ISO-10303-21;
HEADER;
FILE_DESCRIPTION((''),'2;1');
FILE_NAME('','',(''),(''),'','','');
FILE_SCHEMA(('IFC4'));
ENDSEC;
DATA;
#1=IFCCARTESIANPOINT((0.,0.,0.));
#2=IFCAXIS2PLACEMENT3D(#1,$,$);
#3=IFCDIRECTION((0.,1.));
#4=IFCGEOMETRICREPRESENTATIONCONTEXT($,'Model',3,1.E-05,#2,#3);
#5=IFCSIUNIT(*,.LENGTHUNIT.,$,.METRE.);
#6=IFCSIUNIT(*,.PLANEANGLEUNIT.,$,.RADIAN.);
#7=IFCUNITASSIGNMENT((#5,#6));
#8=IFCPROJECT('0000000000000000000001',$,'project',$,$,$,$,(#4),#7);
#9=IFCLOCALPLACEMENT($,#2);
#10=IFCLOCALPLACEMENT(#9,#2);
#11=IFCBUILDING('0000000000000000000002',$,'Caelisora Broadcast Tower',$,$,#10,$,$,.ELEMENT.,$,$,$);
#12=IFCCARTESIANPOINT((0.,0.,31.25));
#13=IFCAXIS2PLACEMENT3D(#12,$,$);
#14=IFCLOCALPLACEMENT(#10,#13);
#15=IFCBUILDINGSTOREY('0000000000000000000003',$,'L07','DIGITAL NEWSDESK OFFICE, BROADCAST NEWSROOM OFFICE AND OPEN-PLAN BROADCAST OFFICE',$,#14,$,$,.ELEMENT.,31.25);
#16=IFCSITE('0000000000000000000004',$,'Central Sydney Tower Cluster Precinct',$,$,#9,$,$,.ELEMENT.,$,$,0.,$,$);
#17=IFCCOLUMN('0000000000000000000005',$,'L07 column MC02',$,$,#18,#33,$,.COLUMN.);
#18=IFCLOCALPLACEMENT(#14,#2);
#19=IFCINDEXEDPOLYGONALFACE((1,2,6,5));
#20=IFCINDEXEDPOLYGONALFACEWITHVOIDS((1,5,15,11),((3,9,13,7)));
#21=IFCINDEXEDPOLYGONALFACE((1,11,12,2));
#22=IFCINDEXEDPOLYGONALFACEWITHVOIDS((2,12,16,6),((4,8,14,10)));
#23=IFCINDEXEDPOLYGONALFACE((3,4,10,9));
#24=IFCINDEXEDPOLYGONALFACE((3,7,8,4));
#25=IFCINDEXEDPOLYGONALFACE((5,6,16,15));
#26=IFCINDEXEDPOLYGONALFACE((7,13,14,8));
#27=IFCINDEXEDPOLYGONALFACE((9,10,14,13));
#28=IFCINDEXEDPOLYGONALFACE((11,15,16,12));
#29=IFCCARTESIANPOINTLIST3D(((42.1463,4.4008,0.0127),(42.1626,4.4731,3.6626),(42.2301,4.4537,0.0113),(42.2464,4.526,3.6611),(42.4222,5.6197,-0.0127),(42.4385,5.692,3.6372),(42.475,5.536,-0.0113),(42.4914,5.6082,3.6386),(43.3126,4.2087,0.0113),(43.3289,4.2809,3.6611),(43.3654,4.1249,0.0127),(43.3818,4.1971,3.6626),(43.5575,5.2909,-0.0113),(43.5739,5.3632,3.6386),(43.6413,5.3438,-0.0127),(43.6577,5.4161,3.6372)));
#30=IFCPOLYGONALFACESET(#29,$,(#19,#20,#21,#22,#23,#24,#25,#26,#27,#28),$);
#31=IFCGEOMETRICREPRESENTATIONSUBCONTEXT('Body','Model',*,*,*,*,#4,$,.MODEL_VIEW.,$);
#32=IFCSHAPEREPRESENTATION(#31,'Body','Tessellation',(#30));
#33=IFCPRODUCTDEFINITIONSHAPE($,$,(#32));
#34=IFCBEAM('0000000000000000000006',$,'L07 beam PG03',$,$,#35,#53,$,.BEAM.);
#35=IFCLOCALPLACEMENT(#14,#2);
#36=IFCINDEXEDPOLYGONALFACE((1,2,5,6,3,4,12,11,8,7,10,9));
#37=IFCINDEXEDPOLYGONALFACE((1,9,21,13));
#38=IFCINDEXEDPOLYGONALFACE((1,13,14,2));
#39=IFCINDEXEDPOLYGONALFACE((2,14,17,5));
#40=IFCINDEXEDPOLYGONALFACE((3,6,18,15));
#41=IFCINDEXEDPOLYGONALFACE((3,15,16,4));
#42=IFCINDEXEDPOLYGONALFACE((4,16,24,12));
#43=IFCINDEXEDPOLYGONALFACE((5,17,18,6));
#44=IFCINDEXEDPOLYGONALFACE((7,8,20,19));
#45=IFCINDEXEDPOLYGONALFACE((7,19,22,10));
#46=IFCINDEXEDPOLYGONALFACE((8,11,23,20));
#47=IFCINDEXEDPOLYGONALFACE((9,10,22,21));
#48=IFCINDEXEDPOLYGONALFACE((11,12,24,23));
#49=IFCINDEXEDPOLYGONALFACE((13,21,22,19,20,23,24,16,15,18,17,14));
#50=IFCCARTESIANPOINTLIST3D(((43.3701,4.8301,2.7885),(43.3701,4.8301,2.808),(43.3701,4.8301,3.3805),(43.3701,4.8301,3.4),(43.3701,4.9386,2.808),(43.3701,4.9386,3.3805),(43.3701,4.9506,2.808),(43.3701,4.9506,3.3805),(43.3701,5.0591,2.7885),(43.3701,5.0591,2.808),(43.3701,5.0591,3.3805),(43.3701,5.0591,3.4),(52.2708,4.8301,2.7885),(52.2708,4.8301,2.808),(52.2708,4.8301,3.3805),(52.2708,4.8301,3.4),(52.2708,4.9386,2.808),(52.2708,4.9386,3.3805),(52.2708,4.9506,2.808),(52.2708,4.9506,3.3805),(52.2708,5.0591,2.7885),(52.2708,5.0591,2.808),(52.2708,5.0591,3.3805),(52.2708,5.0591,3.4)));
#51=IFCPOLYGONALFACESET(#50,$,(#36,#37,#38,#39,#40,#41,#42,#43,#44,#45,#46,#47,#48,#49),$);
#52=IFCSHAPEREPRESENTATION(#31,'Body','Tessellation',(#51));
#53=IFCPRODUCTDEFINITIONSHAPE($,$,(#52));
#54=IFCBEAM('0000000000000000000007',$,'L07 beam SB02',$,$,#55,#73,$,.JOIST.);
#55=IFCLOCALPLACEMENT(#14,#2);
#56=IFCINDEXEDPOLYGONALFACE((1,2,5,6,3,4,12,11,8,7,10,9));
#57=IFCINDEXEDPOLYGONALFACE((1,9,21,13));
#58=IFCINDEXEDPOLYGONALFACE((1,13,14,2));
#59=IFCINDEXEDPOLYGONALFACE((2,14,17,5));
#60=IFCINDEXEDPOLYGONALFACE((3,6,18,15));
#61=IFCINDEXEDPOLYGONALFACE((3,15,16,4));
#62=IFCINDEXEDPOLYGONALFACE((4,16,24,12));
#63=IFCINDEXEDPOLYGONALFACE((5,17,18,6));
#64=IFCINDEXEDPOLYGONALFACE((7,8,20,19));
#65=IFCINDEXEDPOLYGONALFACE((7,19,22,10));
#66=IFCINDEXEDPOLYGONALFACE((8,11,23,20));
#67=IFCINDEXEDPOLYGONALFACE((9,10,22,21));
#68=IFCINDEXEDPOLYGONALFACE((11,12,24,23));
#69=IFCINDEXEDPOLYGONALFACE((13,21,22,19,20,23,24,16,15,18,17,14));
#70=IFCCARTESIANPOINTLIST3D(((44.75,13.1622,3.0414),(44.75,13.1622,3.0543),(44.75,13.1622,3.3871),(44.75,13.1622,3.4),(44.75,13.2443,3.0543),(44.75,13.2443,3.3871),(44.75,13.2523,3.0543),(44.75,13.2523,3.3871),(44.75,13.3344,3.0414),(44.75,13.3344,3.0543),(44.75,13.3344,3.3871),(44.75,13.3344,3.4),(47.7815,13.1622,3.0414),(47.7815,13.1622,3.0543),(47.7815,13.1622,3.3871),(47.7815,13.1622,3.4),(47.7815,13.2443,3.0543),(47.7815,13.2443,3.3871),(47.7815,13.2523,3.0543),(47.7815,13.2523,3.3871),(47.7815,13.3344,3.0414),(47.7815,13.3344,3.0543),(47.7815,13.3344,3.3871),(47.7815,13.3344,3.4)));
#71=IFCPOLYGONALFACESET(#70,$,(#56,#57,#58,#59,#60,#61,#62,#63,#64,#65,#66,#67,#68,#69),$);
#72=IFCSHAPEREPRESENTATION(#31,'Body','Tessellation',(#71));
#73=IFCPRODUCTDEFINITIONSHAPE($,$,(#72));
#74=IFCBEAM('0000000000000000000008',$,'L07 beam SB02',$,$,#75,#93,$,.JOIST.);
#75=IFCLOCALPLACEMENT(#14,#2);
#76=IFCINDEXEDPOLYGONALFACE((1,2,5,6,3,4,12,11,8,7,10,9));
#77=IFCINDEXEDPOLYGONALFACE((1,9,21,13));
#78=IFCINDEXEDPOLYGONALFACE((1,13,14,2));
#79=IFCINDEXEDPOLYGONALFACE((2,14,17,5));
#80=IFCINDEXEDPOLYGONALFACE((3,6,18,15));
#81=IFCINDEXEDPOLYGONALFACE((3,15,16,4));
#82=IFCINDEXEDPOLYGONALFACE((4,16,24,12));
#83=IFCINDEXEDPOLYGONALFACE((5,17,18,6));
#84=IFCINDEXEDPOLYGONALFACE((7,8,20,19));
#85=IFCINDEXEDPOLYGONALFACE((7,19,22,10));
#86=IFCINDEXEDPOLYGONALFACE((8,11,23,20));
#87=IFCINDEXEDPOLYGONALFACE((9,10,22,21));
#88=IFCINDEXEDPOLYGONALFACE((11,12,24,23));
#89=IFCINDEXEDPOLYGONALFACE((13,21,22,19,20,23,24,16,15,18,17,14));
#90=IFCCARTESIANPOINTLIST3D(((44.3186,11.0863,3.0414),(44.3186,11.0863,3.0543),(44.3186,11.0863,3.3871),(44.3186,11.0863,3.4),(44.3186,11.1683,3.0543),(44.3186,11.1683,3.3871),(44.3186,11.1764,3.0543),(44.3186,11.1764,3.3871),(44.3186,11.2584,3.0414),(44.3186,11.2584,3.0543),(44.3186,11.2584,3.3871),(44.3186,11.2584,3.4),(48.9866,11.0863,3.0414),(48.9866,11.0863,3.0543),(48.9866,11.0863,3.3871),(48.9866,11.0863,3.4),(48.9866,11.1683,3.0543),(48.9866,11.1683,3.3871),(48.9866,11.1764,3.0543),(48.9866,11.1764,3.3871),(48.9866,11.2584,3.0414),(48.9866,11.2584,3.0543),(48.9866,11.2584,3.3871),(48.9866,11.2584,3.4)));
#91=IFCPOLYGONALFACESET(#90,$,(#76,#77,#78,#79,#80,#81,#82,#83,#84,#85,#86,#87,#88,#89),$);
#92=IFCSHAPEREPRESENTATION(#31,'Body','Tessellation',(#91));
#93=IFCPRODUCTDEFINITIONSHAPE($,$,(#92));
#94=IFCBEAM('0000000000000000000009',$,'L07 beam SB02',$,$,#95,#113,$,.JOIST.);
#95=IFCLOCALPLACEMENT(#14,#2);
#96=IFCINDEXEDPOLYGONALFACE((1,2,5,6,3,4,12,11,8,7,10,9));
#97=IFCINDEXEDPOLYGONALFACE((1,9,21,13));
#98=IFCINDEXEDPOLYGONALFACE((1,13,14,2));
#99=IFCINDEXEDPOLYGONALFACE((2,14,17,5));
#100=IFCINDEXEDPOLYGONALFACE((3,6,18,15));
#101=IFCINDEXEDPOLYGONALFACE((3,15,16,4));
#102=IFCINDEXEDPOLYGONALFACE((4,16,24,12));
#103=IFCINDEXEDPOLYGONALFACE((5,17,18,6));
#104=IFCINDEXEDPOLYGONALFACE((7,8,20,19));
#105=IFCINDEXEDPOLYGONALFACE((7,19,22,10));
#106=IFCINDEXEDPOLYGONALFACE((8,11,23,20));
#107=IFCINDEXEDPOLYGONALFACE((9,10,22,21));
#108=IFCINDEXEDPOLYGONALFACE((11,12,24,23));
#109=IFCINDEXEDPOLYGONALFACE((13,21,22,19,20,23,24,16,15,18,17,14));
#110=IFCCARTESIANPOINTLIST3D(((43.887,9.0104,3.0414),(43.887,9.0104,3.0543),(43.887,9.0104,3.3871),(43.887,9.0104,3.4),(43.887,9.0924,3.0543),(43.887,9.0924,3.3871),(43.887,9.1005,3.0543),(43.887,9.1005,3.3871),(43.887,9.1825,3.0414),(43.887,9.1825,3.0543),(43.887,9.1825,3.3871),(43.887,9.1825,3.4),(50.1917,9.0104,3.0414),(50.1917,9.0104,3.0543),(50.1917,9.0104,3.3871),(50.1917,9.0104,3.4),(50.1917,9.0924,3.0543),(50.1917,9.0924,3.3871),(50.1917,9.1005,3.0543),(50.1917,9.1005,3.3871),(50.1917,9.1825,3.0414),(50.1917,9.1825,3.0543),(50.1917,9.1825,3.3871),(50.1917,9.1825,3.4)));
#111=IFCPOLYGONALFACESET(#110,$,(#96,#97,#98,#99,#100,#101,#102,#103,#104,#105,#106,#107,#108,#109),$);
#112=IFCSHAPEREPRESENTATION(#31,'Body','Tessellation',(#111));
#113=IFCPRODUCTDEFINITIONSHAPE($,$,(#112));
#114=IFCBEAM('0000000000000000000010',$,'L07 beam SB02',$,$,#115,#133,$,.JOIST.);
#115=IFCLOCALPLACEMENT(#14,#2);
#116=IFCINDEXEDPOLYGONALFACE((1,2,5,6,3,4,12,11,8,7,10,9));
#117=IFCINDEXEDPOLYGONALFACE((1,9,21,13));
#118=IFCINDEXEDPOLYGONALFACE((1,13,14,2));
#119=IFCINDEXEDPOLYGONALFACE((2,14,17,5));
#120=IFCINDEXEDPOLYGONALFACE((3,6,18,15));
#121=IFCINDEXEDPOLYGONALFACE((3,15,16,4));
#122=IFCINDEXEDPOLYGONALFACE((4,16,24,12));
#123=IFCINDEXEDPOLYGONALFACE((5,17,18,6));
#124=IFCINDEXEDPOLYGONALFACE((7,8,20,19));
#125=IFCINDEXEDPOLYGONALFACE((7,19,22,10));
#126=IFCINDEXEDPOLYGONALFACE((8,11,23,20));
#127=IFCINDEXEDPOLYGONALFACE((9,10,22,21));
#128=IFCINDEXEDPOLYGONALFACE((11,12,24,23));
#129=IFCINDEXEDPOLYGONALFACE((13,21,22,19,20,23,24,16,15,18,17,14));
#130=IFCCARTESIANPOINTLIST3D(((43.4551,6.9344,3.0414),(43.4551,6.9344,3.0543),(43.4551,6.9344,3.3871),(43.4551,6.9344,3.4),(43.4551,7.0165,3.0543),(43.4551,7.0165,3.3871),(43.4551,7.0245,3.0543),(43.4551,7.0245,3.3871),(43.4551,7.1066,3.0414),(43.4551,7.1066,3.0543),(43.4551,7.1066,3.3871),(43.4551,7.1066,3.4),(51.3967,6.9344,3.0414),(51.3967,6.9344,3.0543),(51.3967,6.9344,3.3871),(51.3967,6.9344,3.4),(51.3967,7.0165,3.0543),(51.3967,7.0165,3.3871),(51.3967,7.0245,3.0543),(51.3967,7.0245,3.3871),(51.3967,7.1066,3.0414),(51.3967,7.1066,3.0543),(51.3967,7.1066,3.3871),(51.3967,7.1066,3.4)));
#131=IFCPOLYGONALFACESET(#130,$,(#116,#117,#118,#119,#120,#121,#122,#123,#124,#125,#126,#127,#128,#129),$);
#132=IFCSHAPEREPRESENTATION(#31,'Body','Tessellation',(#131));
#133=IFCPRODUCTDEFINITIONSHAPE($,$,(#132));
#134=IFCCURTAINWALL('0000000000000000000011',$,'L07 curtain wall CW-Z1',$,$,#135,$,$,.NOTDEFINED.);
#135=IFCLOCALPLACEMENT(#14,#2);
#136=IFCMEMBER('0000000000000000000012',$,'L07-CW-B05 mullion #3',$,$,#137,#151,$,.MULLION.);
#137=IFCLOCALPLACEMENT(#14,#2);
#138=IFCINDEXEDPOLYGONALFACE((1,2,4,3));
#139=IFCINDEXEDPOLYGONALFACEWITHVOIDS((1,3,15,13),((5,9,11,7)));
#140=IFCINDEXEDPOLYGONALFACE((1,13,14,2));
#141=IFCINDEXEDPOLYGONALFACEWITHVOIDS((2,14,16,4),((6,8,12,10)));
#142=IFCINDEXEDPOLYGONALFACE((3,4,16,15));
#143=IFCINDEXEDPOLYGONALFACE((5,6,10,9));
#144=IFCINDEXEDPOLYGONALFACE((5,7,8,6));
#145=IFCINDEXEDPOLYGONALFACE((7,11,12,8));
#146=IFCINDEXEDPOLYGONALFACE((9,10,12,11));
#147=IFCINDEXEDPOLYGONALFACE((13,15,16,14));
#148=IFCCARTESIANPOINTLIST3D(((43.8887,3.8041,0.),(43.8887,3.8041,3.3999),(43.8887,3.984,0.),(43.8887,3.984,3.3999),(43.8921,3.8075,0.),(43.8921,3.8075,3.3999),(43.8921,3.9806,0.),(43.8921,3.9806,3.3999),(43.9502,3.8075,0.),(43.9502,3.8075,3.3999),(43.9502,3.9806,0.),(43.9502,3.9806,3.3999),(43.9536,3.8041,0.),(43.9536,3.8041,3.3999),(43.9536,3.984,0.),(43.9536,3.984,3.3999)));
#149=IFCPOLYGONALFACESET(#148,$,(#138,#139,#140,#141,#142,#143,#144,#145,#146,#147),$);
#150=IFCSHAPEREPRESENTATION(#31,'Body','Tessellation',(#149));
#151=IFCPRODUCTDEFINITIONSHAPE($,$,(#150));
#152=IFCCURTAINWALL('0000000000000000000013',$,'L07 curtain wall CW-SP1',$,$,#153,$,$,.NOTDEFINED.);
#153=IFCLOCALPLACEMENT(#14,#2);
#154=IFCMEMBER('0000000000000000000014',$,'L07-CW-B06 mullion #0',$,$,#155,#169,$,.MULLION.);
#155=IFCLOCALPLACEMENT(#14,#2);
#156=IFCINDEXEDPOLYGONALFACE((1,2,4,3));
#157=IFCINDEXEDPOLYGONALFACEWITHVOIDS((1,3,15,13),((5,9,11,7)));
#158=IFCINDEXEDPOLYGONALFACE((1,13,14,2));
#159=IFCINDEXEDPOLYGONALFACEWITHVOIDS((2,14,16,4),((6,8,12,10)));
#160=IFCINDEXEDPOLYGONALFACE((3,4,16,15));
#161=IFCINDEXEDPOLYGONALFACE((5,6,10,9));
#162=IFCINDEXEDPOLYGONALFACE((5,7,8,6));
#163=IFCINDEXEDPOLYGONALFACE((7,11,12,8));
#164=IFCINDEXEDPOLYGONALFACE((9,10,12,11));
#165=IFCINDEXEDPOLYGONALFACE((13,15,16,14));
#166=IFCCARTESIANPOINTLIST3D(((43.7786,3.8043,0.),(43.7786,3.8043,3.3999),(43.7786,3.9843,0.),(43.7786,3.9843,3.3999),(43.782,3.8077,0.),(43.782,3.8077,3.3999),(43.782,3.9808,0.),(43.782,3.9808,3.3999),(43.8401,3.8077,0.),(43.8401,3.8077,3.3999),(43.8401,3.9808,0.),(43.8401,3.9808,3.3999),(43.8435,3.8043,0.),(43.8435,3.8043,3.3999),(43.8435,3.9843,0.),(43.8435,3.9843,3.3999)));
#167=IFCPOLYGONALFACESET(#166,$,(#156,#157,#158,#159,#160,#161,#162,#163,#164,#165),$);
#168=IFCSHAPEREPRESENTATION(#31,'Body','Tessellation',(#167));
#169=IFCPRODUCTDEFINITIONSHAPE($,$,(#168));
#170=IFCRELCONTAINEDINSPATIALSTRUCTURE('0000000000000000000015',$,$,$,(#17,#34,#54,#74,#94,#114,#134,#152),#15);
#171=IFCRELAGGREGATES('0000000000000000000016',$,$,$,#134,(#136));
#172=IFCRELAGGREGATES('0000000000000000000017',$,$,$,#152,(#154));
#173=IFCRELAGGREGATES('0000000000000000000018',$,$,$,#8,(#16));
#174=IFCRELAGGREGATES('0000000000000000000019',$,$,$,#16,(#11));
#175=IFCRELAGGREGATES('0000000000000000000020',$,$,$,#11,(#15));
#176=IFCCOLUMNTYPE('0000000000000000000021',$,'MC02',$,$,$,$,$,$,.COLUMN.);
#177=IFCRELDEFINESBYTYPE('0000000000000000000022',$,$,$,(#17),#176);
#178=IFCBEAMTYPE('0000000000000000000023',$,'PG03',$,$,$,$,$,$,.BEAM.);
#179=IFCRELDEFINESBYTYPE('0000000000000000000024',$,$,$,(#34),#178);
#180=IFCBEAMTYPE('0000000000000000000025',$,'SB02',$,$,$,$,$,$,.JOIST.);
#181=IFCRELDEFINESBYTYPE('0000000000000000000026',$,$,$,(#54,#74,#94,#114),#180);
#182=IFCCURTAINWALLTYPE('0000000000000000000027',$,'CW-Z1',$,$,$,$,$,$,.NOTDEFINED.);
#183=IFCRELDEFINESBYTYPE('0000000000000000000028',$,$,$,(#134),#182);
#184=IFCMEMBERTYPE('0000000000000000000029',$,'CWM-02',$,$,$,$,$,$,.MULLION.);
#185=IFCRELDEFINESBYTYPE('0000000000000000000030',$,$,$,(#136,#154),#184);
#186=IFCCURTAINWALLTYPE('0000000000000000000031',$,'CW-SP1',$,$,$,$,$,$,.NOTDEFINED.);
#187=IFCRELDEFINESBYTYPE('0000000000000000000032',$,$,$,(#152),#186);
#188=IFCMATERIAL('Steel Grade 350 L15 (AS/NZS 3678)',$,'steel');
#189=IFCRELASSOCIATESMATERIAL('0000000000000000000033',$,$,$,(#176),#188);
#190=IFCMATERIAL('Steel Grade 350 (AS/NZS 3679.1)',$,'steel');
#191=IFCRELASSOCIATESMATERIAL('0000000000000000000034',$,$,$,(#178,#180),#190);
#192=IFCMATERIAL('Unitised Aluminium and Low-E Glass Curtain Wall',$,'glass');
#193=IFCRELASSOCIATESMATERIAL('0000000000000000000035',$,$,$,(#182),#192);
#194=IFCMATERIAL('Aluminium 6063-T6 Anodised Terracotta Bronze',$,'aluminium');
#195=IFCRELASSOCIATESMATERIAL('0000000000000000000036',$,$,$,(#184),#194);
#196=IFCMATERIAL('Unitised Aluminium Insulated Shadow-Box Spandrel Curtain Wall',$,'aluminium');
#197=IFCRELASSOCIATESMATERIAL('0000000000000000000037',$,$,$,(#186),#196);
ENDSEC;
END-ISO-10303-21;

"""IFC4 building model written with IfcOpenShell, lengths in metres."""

from ifc_helpers import new_model, si_unit, direction, frame, origin, origin_2d, place, context, subcontext, project, spatial, hollow_rectangle, i_section, extrude, source, transform, mapped, material, material_profile, profile_set, type_object, type_shapes, element, aggregate, save


model = new_model("IFC4")

# Units and contexts
model_context = context("Model", 3, precision=1e-05, world=origin(), true_north=direction((0.0, 1.0)))
body_context = subcontext(model_context, "Body", "Model", "MODEL_VIEW")
ifc_project = project(units=[si_unit("LENGTHUNIT", "METRE"), si_unit("PLANEANGLEUNIT", "RADIAN")], contexts=[model_context])

# Site, building, storey
site_placement = place(None, origin())
site = spatial("IfcSite", under=ifc_project, at=site_placement, Name="Central Sydney Tower Cluster Precinct", CompositionType="ELEMENT", RefElevation=0.0)
building_placement = place(site_placement, origin())
building = spatial("IfcBuilding", under=site, at=building_placement, Name="Caelisora Broadcast Tower", CompositionType="ELEMENT")
storey_placement = place(building_placement, frame((0.0, 0.0, 31.25)))
storey = spatial("IfcBuildingStorey", under=building, at=storey_placement, Name="L07", Description="DIGITAL NEWSDESK OFFICE, BROADCAST NEWSROOM OFFICE AND OPEN-PLAN BROADCAST OFFICE", CompositionType="ELEMENT", Elevation=31.25)

# Column
ifc_material_1 = material(Name="Steel Grade 350 L15 (AS/NZS 3678)", Category="steel")
ifc_material_profile_1 = material_profile(ifc_material_1, hollow_rectangle(XDim=1.25, YDim=1.25, WallThickness=0.0701, at=origin_2d()), Name="Steel Grade 350 L15 (AS/NZS 3678)")
ifc_profile_set_1 = profile_set([ifc_material_profile_1], Name="Steel Grade 350 L15 (AS/NZS 3678)")
column_type = type_object("IfcColumnType", Name="MC02", PredefinedType="COLUMN", material=ifc_profile_set_1)
shared_shape_1 = source(origin(), body_context, "Body", "SweptSolid", [
    extrude(hollow_rectangle(XDim=1.25, YDim=1.25, WallThickness=0.0701, at=origin_2d()), origin(), (0.0, 0.0, 1.0), 3.6506),
])
type_shapes(column_type, [shared_shape_1])
column_placement = place(storey_placement, frame((42.8938, 4.8723, 0.0), z_axis=(0.004481, 0.019795, 0.999794), x_axis=(-0.975327, 0.220767, 0.0)))
element("IfcColumn", 1, at=column_placement, inside=storey, type_object=column_type, Name="L07 column MC02", PredefinedType="COLUMN", context=body_context, shape_type="MappedRepresentation", body=[
    mapped(shared_shape_1, transform((0.0, 0.0, 0.0), scale=1.0)),
])

# Beams
ifc_material_2 = material(Name="Steel Grade 350 (AS/NZS 3679.1)", Category="steel")
ifc_material_profile_2 = material_profile(ifc_material_2, i_section(OverallWidth=0.229, OverallDepth=0.6116, WebThickness=0.012, FlangeThickness=0.0195, at=origin_2d()), Name="Steel Grade 350 (AS/NZS 3679.1)")
ifc_profile_set_2 = profile_set([ifc_material_profile_2], Name="Steel Grade 350 (AS/NZS 3679.1)")
beam_type_1 = type_object("IfcBeamType", Name="PG03", PredefinedType="BEAM", material=ifc_profile_set_2)
shared_shape_2 = source(origin(), body_context, "Body", "SweptSolid", [
    extrude(i_section(OverallWidth=0.229, OverallDepth=0.6116, WebThickness=0.012, FlangeThickness=0.0195, at=origin_2d()), origin(), (0.0, 0.0, 1.0), 8.9006),
])
type_shapes(beam_type_1, [shared_shape_2])
beam_1_placement = place(storey_placement, frame((43.3701, 4.9446, 3.0942), z_axis=(1.0, 0.0, 0.0), x_axis=(0.0, 1.0, 0.0)))
element("IfcBeam", 2, at=beam_1_placement, inside=storey, type_object=beam_type_1, Name="L07 beam PG03", PredefinedType="BEAM", context=body_context, shape_type="MappedRepresentation", body=[
    mapped(shared_shape_2, transform((0.0, 0.0, 0.0), scale=1.0)),
])
ifc_material_profile_3 = material_profile(ifc_material_2, i_section(OverallWidth=0.1721, OverallDepth=0.3586, WebThickness=0.0081, FlangeThickness=0.0129, at=origin_2d()), Name="Steel Grade 350 (AS/NZS 3679.1)")
ifc_profile_set_3 = profile_set([ifc_material_profile_3], Name="Steel Grade 350 (AS/NZS 3679.1)")
beam_type_2 = type_object("IfcBeamType", Name="SB02", PredefinedType="JOIST", material=ifc_profile_set_3)
shared_shape_3 = source(origin(), body_context, "Body", "SweptSolid", [
    extrude(i_section(OverallWidth=0.1721, OverallDepth=0.3586, WebThickness=0.0081, FlangeThickness=0.0129, at=origin_2d()), origin(), (0.0, 0.0, 1.0), 3.0315),
])
beam_2_placement = place(storey_placement, frame((44.75, 13.2483, 3.2207), z_axis=(1.0, 0.0, 0.0), x_axis=(0.0, 1.0, 0.0)))
element("IfcBeam", 3, at=beam_2_placement, inside=storey, type_object=beam_type_2, Name="L07 beam SB02", PredefinedType="JOIST", context=body_context, shape_type="MappedRepresentation", body=[
    mapped(shared_shape_3, transform((0.0, 0.0, 0.0), scale=1.0)),
])
shared_shape_4 = source(origin(), body_context, "Body", "SweptSolid", [
    extrude(i_section(OverallWidth=0.1721, OverallDepth=0.3586, WebThickness=0.0081, FlangeThickness=0.0129, at=origin_2d()), origin(), (0.0, 0.0, 1.0), 4.668),
])
beam_3_placement = place(storey_placement, frame((44.3186, 11.1724, 3.2207), z_axis=(1.0, 0.0, 0.0), x_axis=(0.0, 1.0, 0.0)))
element("IfcBeam", 4, at=beam_3_placement, inside=storey, type_object=beam_type_2, Name="L07 beam SB02", PredefinedType="JOIST", context=body_context, shape_type="MappedRepresentation", body=[
    mapped(shared_shape_4, transform((0.0, 0.0, 0.0), scale=1.0)),
])
shared_shape_5 = source(origin(), body_context, "Body", "SweptSolid", [
    extrude(i_section(OverallWidth=0.1721, OverallDepth=0.3586, WebThickness=0.0081, FlangeThickness=0.0129, at=origin_2d()), origin(), (0.0, 0.0, 1.0), 6.3047),
])
beam_4_placement = place(storey_placement, frame((43.887, 9.0964, 3.2207), z_axis=(1.0, 0.0, 0.0), x_axis=(0.0, 1.0, 0.0)))
element("IfcBeam", 5, at=beam_4_placement, inside=storey, type_object=beam_type_2, Name="L07 beam SB02", PredefinedType="JOIST", context=body_context, shape_type="MappedRepresentation", body=[
    mapped(shared_shape_5, transform((0.0, 0.0, 0.0), scale=1.0)),
])
shared_shape_6 = source(origin(), body_context, "Body", "SweptSolid", [
    extrude(i_section(OverallWidth=0.1721, OverallDepth=0.3586, WebThickness=0.0081, FlangeThickness=0.0129, at=origin_2d()), origin(), (0.0, 0.0, 1.0), 7.9417),
])
type_shapes(beam_type_2, [shared_shape_3, shared_shape_4, shared_shape_5, shared_shape_6])
beam_5_placement = place(storey_placement, frame((43.4551, 7.0205, 3.2207), z_axis=(1.0, 0.0, 0.0), x_axis=(0.0, 1.0, 0.0)))
element("IfcBeam", 6, at=beam_5_placement, inside=storey, type_object=beam_type_2, Name="L07 beam SB02", PredefinedType="JOIST", context=body_context, shape_type="MappedRepresentation", body=[
    mapped(shared_shape_6, transform((0.0, 0.0, 0.0), scale=1.0)),
])

# Curtain wall, member
ifc_material_3 = material(Name="Unitised Aluminium and Low-E Glass Curtain Wall", Category="glass")
curtain_wall_type_1 = type_object("IfcCurtainWallType", Name="CW-Z1", PredefinedType="NOTDEFINED", material=ifc_material_3)
curtain_wall_1_placement = place(storey_placement, origin())
curtain_wall_1 = element("IfcCurtainWall", 7, at=curtain_wall_1_placement, inside=storey, type_object=curtain_wall_type_1, Name="L07 curtain wall CW-Z1", PredefinedType="NOTDEFINED")
ifc_material_4 = material(Name="Aluminium 6063-T6 Anodised Terracotta Bronze", Category="aluminium")
ifc_material_profile_4 = material_profile(ifc_material_4, hollow_rectangle(XDim=0.0649, YDim=0.1799, WallThickness=0.0034, at=origin_2d()), Name="Aluminium 6063-T6 Anodised Terracotta Bronze")
ifc_profile_set_4 = profile_set([ifc_material_profile_4], Name="Aluminium 6063-T6 Anodised Terracotta Bronze")
member_type_1 = type_object("IfcMemberType", Name="CWM-02", PredefinedType="MULLION", material=ifc_profile_set_4)
shared_shape_7 = source(origin(), body_context, "Body", "SweptSolid", [
    extrude(hollow_rectangle(XDim=0.0649, YDim=0.1799, WallThickness=0.0034, at=origin_2d()), origin(), (0.0, 0.0, 1.0), 3.3999),
])
type_shapes(member_type_1, [shared_shape_7])
member_1_placement = place(storey_placement, frame((43.9211, 3.894, 0.0), z_axis=(0.0, 0.0, 1.0), x_axis=(1.0, 0.0, 0.0)))
member_1 = element("IfcMember", 8, at=member_1_placement, type_object=member_type_1, Name="L07-CW-B05 mullion #3", PredefinedType="MULLION", context=body_context, shape_type="MappedRepresentation", body=[
    mapped(shared_shape_7, transform((0.0, 0.0, 0.0), scale=1.0)),
])
aggregate(curtain_wall_1, [member_1])

# Curtain wall, member
ifc_material_5 = material(Name="Unitised Aluminium Insulated Shadow-Box Spandrel Curtain Wall", Category="aluminium")
curtain_wall_type_2 = type_object("IfcCurtainWallType", Name="CW-SP1", PredefinedType="NOTDEFINED", material=ifc_material_5)
curtain_wall_2_placement = place(storey_placement, origin())
curtain_wall_2 = element("IfcCurtainWall", 9, at=curtain_wall_2_placement, inside=storey, type_object=curtain_wall_type_2, Name="L07 curtain wall CW-SP1", PredefinedType="NOTDEFINED")
member_2_placement = place(storey_placement, frame((43.811, 3.8943, 0.0), z_axis=(0.0, 0.0, 1.0), x_axis=(1.0, 0.0, 0.0)))
member_2 = element("IfcMember", 10, at=member_2_placement, type_object=member_type_1, Name="L07-CW-B06 mullion #0", PredefinedType="MULLION", context=body_context, shape_type="MappedRepresentation", body=[
    mapped(shared_shape_7, transform((0.0, 0.0, 0.0), scale=1.0)),
])

aggregate(curtain_wall_2, [member_2])

save(model, "model.ifc")
